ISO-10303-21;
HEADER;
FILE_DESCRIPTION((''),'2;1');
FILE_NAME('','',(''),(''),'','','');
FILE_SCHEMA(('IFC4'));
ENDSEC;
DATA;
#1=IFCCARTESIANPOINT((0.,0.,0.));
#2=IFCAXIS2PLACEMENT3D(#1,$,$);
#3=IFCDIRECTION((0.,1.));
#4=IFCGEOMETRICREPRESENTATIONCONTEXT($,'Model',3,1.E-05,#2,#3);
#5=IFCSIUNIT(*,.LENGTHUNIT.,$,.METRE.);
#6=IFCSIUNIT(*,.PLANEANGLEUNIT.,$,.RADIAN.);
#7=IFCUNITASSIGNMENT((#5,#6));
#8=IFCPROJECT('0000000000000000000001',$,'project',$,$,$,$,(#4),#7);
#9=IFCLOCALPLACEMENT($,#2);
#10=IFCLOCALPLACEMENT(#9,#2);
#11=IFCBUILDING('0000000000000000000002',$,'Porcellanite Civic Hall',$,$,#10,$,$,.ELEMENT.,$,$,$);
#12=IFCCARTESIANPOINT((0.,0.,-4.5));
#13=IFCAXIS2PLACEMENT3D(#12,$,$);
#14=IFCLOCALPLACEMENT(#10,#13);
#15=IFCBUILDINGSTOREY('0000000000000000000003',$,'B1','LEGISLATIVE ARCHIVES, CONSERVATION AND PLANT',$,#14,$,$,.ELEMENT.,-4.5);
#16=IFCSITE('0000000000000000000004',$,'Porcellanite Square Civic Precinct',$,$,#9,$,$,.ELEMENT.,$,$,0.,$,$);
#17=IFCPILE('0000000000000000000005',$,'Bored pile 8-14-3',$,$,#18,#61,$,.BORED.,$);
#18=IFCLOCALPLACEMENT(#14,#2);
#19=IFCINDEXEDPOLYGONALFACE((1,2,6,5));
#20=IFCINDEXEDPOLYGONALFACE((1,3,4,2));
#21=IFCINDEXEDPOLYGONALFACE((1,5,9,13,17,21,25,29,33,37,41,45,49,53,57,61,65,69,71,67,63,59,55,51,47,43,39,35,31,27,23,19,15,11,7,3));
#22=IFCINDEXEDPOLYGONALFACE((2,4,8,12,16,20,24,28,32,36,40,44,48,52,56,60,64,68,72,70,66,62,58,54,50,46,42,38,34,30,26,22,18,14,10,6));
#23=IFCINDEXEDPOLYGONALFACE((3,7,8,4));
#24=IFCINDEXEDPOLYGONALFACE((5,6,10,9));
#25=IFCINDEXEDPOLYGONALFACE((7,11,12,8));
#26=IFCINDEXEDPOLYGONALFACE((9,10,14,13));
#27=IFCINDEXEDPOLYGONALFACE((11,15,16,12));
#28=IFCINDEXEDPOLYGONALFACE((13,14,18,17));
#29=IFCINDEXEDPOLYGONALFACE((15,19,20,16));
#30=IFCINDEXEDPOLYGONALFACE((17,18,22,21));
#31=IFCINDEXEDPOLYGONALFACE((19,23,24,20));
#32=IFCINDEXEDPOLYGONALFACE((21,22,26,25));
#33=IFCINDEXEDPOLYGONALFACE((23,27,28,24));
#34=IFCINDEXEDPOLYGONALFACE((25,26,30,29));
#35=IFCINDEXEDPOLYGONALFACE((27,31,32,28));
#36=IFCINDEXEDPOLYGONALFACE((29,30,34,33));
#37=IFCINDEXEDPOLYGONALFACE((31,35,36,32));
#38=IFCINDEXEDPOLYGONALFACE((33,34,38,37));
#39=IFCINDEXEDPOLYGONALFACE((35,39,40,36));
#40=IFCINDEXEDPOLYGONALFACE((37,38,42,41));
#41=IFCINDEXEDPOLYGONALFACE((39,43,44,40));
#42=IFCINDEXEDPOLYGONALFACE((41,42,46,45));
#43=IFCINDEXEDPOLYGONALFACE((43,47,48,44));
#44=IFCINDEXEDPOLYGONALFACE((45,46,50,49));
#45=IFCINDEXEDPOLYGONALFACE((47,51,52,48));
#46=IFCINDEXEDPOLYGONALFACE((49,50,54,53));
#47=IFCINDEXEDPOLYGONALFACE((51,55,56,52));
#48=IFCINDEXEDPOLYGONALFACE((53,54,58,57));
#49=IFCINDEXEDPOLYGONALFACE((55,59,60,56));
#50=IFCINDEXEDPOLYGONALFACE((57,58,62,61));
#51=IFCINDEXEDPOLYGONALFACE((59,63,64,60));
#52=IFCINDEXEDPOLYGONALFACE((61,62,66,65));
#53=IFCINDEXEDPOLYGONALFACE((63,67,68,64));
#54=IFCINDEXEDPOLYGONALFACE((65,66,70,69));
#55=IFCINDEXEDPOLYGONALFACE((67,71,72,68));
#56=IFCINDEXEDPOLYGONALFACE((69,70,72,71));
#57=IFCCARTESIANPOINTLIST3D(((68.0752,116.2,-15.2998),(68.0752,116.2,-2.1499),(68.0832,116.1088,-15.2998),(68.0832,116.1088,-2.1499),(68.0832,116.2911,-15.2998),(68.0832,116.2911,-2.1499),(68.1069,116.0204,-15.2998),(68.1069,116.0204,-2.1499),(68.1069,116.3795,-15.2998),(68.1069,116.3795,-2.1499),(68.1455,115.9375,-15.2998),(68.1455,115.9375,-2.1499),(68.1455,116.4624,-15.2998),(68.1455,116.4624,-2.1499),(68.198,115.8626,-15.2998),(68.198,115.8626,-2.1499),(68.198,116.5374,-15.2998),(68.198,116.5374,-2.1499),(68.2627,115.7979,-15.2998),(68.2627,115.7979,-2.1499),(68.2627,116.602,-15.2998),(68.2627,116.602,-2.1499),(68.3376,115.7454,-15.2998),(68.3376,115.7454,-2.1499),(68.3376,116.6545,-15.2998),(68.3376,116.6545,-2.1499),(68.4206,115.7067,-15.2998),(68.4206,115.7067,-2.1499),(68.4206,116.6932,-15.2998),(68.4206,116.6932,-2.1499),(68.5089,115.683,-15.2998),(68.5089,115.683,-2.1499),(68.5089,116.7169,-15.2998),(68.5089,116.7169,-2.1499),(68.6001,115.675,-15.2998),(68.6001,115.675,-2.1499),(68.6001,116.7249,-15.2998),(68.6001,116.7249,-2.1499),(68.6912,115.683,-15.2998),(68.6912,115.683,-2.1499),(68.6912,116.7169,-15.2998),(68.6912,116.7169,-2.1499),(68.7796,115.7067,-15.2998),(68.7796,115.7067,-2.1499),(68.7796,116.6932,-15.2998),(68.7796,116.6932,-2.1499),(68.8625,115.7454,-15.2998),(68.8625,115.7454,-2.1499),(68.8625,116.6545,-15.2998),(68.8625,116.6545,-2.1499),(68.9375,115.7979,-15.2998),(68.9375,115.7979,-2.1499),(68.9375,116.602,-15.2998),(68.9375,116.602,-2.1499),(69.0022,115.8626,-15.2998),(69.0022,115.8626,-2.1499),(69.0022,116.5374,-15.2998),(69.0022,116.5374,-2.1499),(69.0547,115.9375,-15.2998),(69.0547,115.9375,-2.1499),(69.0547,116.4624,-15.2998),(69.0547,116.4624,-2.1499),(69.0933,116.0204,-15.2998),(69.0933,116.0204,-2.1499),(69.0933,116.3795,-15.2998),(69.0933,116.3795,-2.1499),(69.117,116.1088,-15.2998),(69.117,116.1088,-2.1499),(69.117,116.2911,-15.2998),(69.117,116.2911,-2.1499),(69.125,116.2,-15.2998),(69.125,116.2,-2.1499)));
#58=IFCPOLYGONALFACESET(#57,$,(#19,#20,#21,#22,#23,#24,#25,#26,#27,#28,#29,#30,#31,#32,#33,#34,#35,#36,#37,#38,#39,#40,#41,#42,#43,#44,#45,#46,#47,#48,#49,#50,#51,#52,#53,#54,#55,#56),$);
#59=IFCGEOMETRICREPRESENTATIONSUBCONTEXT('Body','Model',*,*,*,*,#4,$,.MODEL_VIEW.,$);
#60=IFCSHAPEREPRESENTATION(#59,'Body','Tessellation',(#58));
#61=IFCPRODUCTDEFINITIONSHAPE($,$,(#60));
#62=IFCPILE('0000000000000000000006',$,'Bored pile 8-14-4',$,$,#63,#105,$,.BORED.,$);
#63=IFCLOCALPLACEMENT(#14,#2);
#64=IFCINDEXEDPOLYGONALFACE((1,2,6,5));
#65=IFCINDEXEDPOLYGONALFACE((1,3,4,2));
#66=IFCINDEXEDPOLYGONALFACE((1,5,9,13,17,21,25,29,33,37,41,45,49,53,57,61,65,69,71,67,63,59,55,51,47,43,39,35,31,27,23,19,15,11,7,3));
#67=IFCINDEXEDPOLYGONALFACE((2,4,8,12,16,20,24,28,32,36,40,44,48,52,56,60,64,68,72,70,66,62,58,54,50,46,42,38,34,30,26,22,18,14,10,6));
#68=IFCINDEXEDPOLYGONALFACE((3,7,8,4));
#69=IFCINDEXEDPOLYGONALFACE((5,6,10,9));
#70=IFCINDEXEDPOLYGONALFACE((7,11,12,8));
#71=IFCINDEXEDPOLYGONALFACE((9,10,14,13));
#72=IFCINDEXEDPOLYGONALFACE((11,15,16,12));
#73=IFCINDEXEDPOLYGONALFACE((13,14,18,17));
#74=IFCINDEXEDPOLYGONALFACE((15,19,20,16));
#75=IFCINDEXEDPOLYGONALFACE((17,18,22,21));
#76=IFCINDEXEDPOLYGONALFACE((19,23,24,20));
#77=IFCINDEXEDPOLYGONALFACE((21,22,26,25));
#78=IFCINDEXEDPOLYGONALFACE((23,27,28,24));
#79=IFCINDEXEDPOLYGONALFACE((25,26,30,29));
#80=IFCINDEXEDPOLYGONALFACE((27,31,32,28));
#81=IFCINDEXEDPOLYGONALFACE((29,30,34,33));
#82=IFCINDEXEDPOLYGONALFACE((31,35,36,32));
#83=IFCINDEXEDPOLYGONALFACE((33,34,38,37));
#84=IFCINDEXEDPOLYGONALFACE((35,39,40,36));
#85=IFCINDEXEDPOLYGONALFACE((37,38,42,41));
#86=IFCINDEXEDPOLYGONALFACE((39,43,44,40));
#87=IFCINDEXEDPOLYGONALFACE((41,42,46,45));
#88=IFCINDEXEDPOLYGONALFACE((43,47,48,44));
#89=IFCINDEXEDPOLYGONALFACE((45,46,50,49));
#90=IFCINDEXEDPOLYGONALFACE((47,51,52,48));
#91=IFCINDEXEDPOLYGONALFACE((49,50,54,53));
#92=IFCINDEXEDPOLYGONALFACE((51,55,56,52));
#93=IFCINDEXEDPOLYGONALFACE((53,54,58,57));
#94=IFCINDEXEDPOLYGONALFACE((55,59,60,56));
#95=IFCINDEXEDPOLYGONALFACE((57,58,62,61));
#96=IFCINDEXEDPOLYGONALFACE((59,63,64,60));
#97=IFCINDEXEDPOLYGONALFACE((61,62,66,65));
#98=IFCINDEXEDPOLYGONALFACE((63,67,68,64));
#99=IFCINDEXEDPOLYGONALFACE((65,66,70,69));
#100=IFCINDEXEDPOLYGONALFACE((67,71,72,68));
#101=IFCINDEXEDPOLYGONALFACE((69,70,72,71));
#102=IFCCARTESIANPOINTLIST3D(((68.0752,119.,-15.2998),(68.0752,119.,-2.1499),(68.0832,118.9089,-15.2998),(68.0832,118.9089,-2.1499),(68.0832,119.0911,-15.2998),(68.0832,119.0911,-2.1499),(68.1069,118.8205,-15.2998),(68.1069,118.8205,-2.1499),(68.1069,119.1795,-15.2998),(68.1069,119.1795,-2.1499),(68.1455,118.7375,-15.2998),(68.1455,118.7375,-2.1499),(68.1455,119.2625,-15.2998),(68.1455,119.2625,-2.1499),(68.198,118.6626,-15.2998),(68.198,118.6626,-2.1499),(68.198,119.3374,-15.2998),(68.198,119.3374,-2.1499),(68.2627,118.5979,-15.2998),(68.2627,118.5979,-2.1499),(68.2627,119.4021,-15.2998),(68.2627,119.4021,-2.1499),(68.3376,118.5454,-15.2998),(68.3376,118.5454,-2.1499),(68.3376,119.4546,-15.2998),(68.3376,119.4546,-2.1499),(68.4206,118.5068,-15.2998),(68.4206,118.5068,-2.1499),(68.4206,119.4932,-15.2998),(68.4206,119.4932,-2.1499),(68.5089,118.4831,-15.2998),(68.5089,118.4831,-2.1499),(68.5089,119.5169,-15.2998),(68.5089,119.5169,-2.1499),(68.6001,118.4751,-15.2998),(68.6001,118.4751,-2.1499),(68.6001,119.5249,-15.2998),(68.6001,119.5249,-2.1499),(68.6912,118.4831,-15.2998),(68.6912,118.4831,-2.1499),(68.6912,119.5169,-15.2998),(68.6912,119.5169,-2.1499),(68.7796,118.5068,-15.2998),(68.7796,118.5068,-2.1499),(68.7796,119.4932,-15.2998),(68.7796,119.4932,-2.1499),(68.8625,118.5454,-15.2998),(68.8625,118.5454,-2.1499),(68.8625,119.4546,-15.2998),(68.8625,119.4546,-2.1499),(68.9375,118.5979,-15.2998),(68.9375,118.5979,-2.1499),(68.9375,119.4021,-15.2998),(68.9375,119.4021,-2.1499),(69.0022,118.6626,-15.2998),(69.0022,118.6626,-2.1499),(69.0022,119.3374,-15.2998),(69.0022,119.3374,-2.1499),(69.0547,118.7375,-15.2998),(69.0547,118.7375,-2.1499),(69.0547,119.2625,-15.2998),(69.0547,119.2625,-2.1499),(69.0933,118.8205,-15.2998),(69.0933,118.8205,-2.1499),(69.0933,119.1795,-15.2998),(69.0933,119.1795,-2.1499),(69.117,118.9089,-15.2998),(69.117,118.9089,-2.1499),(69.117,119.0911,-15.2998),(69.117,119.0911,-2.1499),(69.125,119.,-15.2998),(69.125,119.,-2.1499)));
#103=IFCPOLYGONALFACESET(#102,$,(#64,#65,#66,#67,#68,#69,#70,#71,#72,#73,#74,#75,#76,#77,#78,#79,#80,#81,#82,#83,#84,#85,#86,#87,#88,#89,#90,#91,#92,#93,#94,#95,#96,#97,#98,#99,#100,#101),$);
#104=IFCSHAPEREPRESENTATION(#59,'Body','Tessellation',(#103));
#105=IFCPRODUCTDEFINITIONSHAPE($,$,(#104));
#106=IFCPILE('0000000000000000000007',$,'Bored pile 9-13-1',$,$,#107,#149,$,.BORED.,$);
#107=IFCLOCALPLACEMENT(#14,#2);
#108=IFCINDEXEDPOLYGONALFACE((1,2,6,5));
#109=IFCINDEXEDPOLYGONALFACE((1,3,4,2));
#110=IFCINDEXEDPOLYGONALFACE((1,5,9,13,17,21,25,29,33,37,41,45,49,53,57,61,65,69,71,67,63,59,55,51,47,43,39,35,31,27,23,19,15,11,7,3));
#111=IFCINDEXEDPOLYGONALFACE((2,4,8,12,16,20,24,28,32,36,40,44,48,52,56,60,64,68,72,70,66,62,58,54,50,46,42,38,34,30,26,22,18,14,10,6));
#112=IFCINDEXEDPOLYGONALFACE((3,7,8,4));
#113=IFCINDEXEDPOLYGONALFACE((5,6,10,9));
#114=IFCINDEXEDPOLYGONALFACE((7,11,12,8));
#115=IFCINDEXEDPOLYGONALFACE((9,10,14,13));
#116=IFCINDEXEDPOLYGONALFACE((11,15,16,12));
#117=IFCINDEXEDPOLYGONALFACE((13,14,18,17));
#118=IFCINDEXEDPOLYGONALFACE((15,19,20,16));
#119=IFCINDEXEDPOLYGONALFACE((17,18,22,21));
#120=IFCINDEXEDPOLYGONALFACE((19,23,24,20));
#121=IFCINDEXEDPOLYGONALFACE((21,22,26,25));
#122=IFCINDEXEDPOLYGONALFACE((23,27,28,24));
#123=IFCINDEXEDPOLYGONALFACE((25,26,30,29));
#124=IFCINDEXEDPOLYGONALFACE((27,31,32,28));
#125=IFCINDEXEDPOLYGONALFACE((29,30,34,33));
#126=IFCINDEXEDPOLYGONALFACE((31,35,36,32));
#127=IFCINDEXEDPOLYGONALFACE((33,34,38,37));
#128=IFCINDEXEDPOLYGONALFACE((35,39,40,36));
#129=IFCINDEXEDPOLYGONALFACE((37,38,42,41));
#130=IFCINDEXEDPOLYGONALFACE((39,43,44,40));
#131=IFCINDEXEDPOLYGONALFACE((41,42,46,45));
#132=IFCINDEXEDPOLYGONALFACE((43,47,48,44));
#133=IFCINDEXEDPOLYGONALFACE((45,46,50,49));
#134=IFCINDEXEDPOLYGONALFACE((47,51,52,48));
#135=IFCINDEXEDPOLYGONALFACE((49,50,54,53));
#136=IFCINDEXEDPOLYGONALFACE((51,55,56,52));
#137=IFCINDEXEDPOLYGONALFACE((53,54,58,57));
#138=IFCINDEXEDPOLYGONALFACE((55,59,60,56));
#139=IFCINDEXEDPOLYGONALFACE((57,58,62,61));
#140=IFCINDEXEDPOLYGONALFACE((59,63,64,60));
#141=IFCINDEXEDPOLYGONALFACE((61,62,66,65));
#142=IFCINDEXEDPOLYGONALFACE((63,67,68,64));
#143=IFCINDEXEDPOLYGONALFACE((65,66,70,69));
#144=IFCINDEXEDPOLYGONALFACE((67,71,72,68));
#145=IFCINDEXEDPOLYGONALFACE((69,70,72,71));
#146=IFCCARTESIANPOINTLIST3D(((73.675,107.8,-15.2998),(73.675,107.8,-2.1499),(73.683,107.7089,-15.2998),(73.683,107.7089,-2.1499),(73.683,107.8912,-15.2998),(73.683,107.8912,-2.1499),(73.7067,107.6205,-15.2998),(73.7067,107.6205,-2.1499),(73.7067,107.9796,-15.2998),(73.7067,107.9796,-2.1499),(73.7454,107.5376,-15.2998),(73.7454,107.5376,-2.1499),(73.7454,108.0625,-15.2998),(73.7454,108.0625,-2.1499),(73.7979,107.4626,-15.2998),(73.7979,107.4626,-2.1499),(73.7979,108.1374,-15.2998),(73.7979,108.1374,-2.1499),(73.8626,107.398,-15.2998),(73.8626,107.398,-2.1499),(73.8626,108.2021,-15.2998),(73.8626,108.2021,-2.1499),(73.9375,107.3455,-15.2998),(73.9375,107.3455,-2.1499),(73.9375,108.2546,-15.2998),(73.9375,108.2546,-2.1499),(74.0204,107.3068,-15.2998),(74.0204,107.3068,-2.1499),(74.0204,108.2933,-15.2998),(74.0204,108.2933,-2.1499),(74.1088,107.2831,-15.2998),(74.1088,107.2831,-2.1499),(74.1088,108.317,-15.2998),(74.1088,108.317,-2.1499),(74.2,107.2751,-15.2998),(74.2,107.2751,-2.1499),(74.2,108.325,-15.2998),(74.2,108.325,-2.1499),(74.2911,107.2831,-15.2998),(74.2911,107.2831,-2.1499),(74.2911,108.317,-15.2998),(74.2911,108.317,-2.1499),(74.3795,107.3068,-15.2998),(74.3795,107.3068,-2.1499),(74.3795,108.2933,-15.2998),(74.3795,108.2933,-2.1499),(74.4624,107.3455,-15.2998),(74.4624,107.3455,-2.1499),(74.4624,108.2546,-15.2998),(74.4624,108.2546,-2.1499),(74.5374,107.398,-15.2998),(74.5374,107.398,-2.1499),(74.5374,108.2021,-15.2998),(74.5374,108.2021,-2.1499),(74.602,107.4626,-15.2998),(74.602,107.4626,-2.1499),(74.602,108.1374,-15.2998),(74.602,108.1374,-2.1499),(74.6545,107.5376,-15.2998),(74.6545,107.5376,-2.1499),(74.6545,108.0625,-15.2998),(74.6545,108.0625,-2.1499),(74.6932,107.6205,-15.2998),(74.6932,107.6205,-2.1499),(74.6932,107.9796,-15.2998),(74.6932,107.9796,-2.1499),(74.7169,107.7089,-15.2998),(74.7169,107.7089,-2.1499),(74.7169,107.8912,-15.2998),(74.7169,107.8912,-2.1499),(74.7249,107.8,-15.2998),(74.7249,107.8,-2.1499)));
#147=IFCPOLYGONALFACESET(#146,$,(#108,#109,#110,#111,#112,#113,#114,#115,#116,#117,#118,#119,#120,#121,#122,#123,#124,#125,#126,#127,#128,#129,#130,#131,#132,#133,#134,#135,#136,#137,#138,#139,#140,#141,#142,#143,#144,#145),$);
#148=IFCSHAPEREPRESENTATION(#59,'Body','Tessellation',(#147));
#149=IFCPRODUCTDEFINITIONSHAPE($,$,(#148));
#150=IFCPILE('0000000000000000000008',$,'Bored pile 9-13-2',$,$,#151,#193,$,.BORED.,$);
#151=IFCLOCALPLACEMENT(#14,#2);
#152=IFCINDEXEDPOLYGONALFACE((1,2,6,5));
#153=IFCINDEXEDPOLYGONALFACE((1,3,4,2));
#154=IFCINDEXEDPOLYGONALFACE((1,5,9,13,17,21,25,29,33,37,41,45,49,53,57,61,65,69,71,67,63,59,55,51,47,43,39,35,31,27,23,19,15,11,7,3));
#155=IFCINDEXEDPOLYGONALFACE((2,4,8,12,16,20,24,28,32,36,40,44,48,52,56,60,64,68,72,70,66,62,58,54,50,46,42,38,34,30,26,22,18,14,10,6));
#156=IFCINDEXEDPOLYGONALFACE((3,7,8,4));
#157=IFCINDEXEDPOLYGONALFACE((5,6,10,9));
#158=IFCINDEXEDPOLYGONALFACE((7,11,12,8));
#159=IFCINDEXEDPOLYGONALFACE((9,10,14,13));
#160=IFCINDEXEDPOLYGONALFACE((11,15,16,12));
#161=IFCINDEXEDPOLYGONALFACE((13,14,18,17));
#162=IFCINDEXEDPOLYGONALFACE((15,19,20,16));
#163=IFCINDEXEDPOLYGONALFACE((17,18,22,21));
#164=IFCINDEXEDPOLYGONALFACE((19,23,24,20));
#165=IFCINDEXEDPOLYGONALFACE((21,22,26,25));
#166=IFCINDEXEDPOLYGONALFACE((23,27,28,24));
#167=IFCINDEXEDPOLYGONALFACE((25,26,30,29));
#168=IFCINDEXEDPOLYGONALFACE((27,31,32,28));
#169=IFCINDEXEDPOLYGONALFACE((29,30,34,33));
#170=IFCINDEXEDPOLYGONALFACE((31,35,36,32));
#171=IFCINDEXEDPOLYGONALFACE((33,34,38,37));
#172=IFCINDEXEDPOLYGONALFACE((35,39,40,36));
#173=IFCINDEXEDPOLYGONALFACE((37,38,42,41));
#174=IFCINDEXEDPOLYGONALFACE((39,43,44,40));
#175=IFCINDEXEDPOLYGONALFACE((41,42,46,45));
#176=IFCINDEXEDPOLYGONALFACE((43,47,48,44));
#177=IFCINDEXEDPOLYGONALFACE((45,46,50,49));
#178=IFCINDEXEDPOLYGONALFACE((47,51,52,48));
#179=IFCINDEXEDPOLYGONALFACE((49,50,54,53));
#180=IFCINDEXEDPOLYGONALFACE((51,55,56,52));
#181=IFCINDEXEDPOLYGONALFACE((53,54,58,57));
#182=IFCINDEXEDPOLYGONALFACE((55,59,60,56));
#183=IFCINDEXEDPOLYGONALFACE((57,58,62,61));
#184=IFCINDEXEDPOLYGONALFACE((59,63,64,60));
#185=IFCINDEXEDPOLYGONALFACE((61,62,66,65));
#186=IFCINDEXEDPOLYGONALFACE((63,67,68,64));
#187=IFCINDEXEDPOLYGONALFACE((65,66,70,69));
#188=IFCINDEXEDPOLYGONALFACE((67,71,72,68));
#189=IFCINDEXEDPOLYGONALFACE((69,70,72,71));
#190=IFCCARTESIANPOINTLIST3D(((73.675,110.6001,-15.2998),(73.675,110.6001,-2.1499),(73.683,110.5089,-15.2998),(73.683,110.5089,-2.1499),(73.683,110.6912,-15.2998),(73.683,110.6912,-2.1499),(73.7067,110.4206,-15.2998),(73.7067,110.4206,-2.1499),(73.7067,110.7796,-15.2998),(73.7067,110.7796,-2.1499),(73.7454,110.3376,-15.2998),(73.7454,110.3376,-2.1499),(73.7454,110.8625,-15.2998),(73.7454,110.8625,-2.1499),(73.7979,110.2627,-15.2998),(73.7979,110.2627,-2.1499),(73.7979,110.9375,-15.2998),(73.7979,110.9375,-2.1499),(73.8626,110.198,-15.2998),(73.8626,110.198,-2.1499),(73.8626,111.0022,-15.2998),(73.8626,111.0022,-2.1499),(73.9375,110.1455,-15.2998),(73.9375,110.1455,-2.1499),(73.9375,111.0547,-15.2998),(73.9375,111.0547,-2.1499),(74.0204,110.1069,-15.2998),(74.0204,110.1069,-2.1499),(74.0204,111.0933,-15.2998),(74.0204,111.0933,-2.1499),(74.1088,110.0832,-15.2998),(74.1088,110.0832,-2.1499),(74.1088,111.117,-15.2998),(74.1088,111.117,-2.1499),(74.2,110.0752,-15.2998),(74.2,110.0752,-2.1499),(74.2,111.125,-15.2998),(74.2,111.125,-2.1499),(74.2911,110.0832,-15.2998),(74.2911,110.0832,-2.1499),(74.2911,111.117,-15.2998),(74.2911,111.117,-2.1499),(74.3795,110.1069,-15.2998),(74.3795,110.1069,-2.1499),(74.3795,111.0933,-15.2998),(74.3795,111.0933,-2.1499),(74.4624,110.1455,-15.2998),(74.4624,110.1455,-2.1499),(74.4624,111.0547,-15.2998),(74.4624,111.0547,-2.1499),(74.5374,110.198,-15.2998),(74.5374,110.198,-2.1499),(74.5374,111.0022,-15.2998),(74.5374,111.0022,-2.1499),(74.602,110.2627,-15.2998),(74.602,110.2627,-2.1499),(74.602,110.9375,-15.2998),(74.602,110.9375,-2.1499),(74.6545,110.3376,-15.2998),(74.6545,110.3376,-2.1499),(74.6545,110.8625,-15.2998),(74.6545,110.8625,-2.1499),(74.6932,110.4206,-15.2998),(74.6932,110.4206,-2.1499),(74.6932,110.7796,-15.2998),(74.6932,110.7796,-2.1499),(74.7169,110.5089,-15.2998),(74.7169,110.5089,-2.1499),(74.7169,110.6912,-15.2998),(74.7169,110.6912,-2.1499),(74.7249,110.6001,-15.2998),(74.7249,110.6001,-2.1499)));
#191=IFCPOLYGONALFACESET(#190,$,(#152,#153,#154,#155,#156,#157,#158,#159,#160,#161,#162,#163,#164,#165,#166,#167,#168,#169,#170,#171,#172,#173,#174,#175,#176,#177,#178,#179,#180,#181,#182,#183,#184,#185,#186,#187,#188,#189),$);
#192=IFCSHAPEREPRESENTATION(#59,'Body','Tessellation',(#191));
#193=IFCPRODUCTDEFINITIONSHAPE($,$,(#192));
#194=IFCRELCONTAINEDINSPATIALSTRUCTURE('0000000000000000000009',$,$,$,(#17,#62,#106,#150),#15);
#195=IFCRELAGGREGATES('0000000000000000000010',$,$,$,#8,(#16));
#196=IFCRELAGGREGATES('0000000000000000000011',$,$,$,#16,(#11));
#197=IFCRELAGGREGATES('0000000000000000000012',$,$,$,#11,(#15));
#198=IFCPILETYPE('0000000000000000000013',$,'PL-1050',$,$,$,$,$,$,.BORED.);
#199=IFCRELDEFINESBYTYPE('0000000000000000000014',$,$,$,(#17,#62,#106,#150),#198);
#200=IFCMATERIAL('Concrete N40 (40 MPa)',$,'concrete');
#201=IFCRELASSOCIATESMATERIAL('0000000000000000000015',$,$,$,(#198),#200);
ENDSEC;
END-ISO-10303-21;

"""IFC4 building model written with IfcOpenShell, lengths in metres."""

from ifc_helpers import new_model, si_unit, direction, frame, origin, origin_2d, place, context, subcontext, project, spatial, circle, extrude, material, material_profile, profile_set, type_object, element, save


model = new_model("IFC4")

# Units and contexts
model_context = context("Model", 3, precision=1e-05, world=origin(), true_north=direction((0.0, 1.0)))
body_context = subcontext(model_context, "Body", "Model", "MODEL_VIEW")
ifc_project = project(units=[si_unit("LENGTHUNIT", "METRE"), si_unit("PLANEANGLEUNIT", "RADIAN")], contexts=[model_context])

# Site, building, storey
site_placement = place(None, origin())
site = spatial("IfcSite", under=ifc_project, at=site_placement, Name="Porcellanite Square Civic Precinct", CompositionType="ELEMENT", RefElevation=0.0)
building_placement = place(site_placement, origin())
building = spatial("IfcBuilding", under=site, at=building_placement, Name="Porcellanite Civic Hall", CompositionType="ELEMENT")
storey_placement = place(building_placement, frame((0.0, 0.0, -4.5)))
storey = spatial("IfcBuildingStorey", under=building, at=storey_placement, Name="B1", Description="LEGISLATIVE ARCHIVES, CONSERVATION AND PLANT", CompositionType="ELEMENT", Elevation=-4.5)

# Piles
ifc_material_1 = material(Name="Concrete N40 (40 MPa)", Category="concrete")
ifc_material_profile_1 = material_profile(ifc_material_1, circle(Radius=0.5249, at=origin_2d()), Name="PILE-D1050")
ifc_profile_set_1 = profile_set([ifc_material_profile_1], Name="Concrete N40 (40 MPa)")
pile_type = type_object("IfcPileType", Name="PL-1050", PredefinedType="BORED", material=ifc_profile_set_1)
for number, where, z_axis, x_axis, name in (
    (1, (68.6001, 116.2, -2.1499), (0.0, 0.0, -1.0), (1.0, 0.0, 0.0), "Bored pile 8-14-3"),
    (2, (68.6001, 119.0, -2.1499), (0.0, 0.0, -1.0), (1.0, 0.0, 0.0), "Bored pile 8-14-4"),
    (3, (74.2, 107.8, -2.1499), (0.0, 0.0, -1.0), (1.0, 0.0, 0.0), "Bored pile 9-13-1"),
    (4, (74.2, 110.6001, -2.1499), (0.0, 0.0, -1.0), (1.0, 0.0, 0.0), "Bored pile 9-13-2"),
):
    element("IfcPile", number, at=place(storey_placement, frame(where, z_axis=z_axis, x_axis=x_axis)), inside=storey, type_object=pile_type, Name=name, PredefinedType="BORED", context=body_context, shape_type="SweptSolid", body=[
        extrude(circle(Radius=0.5249, at=origin_2d()), origin(), (0.0, 0.0, 1.0), 13.1499),
    ])

save(model, "model.ifc")
